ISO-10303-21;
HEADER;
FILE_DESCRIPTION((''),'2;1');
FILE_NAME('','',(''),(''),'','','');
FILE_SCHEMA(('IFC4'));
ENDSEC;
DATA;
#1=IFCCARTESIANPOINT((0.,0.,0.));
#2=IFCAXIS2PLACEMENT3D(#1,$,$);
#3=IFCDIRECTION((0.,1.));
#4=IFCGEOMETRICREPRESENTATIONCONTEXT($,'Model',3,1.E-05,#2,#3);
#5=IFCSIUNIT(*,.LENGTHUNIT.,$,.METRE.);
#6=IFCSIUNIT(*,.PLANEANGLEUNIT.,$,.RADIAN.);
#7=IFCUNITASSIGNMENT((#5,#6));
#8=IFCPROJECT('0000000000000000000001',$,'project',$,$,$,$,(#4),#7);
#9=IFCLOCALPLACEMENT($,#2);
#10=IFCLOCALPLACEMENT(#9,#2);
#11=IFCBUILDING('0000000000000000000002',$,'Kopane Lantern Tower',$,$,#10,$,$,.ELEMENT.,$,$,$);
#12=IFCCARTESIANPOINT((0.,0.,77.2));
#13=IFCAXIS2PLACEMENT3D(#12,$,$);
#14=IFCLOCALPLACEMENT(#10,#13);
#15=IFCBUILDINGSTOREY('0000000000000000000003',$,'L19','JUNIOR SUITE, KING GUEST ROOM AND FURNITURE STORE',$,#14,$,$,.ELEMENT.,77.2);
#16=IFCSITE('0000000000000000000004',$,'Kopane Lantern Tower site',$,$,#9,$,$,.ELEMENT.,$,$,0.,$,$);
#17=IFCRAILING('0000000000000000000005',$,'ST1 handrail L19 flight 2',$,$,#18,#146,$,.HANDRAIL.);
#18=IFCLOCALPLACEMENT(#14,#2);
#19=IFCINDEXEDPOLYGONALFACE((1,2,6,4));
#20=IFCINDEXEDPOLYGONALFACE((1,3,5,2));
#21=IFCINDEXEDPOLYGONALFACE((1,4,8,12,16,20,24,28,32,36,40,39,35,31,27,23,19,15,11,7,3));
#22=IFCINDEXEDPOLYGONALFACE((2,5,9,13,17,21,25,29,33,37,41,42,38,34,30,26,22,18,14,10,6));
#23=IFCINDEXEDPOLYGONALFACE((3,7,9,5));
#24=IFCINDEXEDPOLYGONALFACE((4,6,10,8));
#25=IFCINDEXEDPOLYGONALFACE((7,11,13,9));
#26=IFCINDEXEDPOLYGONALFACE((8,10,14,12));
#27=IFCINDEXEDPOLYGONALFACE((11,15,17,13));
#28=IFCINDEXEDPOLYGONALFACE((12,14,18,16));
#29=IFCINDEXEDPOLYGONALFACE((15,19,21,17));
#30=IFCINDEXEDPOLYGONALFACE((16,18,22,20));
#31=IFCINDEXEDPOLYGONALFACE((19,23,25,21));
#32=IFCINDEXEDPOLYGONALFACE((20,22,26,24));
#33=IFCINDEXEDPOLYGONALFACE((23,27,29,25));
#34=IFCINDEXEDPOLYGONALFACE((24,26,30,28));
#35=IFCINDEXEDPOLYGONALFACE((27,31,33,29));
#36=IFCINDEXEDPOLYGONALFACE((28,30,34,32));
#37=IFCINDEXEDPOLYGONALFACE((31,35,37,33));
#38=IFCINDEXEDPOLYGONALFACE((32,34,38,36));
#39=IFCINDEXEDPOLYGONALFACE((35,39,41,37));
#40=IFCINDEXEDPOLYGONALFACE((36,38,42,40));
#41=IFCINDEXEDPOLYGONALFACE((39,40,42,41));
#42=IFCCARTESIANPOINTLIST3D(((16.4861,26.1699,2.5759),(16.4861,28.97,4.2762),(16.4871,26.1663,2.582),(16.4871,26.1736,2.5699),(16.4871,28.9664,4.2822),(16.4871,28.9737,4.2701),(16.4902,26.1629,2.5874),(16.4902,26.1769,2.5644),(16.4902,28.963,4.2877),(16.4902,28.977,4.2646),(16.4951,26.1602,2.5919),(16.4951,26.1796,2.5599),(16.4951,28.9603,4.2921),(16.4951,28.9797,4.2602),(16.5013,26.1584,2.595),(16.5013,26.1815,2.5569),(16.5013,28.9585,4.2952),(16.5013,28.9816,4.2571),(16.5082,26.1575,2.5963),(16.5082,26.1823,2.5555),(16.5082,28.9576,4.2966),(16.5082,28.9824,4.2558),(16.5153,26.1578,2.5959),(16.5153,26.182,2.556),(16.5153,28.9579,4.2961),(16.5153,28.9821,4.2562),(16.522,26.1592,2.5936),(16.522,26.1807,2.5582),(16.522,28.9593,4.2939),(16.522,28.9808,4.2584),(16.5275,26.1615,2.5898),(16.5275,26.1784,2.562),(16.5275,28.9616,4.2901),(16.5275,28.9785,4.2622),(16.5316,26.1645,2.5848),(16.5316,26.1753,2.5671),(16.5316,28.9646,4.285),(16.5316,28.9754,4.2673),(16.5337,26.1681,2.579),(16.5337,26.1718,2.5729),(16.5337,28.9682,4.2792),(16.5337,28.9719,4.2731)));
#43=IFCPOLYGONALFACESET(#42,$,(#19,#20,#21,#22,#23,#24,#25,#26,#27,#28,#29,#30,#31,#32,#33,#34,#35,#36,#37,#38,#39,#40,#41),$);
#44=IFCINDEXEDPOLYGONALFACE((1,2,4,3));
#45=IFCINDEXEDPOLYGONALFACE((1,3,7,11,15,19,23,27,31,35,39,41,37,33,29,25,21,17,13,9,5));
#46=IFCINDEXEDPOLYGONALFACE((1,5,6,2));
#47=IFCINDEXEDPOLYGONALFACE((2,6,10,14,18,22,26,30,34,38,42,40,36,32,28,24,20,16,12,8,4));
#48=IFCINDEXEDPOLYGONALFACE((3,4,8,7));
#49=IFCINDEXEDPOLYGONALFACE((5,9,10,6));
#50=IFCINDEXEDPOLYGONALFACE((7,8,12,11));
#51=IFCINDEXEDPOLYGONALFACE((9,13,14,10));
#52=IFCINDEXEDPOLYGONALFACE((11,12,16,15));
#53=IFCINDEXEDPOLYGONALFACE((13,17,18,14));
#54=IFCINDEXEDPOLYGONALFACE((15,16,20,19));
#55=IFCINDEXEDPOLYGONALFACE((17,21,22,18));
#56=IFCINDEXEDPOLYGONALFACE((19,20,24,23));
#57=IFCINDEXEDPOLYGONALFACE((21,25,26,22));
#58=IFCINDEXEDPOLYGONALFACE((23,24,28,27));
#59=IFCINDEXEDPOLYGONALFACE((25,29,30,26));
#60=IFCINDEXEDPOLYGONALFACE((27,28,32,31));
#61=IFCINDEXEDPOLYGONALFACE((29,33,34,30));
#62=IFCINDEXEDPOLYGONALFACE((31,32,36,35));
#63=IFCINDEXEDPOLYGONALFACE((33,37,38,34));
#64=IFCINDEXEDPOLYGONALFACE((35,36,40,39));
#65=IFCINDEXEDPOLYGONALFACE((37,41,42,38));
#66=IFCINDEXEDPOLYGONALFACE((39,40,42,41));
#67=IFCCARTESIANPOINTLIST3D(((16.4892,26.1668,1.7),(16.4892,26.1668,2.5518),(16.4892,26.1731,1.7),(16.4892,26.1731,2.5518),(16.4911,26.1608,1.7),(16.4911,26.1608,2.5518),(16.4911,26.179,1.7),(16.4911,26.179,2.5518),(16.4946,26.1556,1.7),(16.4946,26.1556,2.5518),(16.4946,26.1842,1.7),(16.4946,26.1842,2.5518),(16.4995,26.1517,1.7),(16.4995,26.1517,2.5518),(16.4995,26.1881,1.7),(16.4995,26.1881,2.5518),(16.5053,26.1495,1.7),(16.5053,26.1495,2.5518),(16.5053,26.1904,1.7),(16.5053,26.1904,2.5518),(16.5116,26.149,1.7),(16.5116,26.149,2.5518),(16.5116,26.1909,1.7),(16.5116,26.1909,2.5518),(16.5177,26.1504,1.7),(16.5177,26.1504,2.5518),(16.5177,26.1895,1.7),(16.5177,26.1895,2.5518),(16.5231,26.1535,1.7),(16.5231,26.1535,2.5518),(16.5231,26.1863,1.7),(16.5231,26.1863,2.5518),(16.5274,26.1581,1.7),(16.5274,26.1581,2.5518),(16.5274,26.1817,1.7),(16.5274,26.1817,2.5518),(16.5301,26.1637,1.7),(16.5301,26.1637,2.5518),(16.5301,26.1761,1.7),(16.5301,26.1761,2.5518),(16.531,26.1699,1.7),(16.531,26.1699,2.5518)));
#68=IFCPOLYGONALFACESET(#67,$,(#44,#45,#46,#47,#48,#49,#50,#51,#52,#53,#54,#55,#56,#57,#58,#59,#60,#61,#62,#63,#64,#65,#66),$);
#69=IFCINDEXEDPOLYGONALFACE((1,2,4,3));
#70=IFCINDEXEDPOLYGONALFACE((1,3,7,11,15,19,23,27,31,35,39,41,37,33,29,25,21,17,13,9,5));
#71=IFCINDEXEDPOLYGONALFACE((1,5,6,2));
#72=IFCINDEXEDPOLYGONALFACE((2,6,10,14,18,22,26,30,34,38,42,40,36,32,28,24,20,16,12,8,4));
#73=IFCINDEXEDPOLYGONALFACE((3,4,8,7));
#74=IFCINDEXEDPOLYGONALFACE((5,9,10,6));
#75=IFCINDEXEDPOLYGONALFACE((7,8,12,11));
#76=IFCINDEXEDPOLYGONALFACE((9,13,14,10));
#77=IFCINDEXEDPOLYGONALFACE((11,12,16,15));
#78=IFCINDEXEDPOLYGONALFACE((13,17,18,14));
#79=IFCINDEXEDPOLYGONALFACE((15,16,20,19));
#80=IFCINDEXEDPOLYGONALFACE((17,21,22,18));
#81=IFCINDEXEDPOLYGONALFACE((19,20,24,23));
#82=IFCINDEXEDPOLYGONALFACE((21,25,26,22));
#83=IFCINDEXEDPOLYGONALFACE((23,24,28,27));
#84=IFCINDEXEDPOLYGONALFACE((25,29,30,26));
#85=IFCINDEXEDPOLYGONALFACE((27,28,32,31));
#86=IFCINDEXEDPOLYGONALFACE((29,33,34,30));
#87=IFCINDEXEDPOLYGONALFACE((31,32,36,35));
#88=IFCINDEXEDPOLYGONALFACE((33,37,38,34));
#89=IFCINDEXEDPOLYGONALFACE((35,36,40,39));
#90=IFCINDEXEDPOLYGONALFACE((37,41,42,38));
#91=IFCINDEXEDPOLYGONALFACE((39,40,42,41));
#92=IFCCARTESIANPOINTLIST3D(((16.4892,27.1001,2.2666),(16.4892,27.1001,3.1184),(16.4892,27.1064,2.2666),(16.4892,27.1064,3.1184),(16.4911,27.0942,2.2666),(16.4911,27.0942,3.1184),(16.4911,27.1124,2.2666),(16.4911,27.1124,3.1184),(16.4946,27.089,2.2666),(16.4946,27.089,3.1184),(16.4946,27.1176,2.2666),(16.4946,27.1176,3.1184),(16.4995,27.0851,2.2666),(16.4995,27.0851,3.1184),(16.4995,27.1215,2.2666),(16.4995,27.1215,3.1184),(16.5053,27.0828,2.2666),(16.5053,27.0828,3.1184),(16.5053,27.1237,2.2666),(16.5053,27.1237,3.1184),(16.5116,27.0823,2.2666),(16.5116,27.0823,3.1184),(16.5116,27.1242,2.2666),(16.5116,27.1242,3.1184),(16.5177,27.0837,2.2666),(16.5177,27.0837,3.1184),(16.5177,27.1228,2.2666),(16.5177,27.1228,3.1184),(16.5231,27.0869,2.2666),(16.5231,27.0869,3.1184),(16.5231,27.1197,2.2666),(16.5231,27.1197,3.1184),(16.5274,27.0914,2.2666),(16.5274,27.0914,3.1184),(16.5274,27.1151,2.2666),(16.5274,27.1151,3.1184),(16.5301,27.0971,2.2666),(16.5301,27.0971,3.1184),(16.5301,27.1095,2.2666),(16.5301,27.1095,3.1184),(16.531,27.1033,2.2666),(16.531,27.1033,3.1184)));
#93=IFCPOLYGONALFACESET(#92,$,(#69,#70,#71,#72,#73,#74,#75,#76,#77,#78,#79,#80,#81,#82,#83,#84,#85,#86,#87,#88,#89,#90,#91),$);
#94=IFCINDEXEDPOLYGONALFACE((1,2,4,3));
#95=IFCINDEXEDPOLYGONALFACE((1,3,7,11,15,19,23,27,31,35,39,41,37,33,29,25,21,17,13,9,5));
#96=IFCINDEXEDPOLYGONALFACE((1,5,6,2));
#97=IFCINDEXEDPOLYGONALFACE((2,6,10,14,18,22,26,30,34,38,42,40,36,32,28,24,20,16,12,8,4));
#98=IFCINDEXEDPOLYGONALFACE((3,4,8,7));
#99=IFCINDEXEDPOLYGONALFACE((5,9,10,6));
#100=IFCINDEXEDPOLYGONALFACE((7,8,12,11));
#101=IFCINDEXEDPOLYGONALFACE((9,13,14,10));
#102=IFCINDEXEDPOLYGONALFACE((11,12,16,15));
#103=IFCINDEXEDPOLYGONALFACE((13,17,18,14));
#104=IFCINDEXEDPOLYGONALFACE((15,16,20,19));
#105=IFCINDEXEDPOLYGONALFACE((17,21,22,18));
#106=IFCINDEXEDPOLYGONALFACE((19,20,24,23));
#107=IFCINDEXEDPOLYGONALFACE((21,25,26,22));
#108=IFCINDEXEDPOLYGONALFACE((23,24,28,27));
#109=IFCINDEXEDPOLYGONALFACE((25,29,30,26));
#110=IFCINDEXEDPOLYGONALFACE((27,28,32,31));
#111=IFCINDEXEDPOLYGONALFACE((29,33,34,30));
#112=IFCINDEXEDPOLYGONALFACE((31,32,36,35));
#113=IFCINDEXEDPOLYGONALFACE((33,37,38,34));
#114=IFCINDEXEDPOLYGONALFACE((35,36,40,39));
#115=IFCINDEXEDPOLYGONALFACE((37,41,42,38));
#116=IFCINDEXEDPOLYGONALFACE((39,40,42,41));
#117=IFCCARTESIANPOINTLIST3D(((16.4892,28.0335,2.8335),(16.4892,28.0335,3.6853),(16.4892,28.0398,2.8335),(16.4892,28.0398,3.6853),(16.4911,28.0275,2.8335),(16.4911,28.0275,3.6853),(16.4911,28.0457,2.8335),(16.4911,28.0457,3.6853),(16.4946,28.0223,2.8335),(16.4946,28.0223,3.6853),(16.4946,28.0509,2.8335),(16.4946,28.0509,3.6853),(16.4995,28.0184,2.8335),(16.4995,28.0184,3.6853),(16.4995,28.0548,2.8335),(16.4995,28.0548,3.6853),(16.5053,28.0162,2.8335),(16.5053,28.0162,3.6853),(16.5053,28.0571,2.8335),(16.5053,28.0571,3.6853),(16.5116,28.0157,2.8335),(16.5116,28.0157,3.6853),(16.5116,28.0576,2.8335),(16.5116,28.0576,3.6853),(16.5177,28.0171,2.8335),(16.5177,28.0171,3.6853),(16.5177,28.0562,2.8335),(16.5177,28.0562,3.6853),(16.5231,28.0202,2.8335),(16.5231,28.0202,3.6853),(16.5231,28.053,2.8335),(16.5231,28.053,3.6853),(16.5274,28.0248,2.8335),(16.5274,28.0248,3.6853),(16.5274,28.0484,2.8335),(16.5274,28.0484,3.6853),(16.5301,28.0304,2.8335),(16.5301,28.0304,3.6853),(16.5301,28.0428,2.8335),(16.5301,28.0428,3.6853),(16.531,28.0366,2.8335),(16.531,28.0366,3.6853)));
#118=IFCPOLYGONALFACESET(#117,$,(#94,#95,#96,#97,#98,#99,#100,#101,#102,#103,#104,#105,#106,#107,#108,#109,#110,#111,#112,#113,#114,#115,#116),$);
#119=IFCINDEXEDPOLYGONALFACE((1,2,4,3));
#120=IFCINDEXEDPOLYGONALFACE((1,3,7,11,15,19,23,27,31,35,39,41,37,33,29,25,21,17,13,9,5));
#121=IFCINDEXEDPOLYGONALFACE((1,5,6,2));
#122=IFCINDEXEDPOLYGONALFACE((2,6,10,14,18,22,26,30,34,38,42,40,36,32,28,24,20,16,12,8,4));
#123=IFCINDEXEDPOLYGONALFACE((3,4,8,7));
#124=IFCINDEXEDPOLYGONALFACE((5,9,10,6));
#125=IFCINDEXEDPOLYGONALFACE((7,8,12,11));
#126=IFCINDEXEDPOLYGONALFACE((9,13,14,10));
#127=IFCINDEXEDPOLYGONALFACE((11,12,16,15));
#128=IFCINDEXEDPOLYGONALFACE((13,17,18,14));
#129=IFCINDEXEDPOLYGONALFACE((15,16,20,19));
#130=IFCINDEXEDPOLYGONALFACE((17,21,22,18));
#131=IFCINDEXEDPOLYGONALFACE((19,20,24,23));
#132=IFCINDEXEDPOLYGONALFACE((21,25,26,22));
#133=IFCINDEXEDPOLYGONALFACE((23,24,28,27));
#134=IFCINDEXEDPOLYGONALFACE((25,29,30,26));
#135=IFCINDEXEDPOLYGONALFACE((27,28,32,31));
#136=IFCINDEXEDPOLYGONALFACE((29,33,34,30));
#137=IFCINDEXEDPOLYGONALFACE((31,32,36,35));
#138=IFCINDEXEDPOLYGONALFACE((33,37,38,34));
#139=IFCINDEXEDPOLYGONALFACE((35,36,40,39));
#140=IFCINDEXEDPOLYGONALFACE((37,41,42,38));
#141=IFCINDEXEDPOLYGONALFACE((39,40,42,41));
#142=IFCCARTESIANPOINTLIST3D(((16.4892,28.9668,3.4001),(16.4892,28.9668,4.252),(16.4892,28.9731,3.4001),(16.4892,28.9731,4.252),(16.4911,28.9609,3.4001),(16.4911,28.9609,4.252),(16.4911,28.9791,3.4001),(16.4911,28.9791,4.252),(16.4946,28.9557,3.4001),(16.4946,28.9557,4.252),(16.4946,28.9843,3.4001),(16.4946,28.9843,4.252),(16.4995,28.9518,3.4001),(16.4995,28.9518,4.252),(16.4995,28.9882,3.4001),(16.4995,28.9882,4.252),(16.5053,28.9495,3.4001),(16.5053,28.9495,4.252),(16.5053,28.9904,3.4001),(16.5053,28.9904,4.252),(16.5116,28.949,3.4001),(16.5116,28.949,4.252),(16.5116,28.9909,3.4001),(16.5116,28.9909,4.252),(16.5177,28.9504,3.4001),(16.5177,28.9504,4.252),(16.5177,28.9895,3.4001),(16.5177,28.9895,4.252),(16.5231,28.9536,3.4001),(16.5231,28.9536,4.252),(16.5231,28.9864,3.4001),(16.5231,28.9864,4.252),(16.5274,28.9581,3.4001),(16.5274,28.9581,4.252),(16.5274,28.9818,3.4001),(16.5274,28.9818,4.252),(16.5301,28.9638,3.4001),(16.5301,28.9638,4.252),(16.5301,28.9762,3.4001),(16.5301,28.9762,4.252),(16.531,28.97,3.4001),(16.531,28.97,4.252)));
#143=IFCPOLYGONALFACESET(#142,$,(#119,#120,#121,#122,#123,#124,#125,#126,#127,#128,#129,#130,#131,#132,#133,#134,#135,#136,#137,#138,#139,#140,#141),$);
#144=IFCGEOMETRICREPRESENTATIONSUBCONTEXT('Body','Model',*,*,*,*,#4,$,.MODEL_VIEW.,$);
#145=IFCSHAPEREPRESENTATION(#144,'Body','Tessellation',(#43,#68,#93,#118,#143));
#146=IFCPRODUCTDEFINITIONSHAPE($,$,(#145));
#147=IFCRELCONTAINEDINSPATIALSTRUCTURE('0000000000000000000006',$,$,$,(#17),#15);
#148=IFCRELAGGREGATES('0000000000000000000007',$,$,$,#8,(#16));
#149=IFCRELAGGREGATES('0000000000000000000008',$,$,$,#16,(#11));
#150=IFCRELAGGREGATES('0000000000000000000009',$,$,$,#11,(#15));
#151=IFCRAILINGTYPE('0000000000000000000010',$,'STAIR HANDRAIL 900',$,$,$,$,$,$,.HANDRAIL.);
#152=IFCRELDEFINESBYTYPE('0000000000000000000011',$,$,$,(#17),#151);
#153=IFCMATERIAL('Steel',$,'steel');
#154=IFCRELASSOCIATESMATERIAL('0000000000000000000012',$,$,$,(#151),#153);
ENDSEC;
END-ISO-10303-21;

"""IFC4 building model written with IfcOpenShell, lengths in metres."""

from ifc_helpers import new_model, si_unit, direction, frame, origin, origin_2d, place, context, subcontext, project, spatial, circle, extrude, material, type_object, element, save


model = new_model("IFC4")

# Units and contexts
model_context = context("Model", 3, precision=1e-05, world=origin(), true_north=direction((0.0, 1.0)))
body_context = subcontext(model_context, "Body", "Model", "MODEL_VIEW")
ifc_project = project(units=[si_unit("LENGTHUNIT", "METRE"), si_unit("PLANEANGLEUNIT", "RADIAN")], contexts=[model_context])

# Site, building, storey
site_placement = place(None, origin())
site = spatial("IfcSite", under=ifc_project, at=site_placement, Name="Kopane Lantern Tower site", CompositionType="ELEMENT", RefElevation=0.0)
building_placement = place(site_placement, origin())
building = spatial("IfcBuilding", under=site, at=building_placement, Name="Kopane Lantern Tower", CompositionType="ELEMENT")
storey_placement = place(building_placement, frame((0.0, 0.0, 77.2)))
storey = spatial("IfcBuildingStorey", under=building, at=storey_placement, Name="L19", Description="JUNIOR SUITE, KING GUEST ROOM AND FURNITURE STORE", CompositionType="ELEMENT", Elevation=77.2)

# Railing
ifc_material_1 = material(Name="Steel", Category="steel")
railing_type_1 = type_object("IfcRailingType", Name="STAIR HANDRAIL 900", PredefinedType="HANDRAIL", material=ifc_material_1)
for number, where, name in (
    (1, (16.51, 26.1699, 1.7), "ST1 handrail L19 flight 2"),
):
    element("IfcRailing", number, at=place(storey_placement, frame(where)), inside=storey, type_object=railing_type_1, Name=name, PredefinedType="HANDRAIL", context=body_context, shape_type="SweptSolid", body=[
        extrude(circle(Radius=0.0239, at=origin_2d()), frame((0.0, 0.0, 0.876), z_axis=(0.0, 0.854765, 0.519015), x_axis=(-1.0, 0.0, 0.0)), (0.0, 0.0, 1.0), 3.2759),
        extrude(circle(Radius=0.021, at=origin_2d()), origin(), (0.0, 0.0, 1.0), 0.8518),
        extrude(circle(Radius=0.021, at=origin_2d()), frame((0.0, 0.9333, 0.5667)), (0.0, 0.0, 1.0), 0.8518),
        extrude(circle(Radius=0.021, at=origin_2d()), frame((0.0, 1.8667, 1.1335)), (0.0, 0.0, 1.0), 0.8518),
        extrude(circle(Radius=0.021, at=origin_2d()), frame((0.0, 2.8, 1.7002)), (0.0, 0.0, 1.0), 0.8518),
    ])

save(model, "model.ifc")
